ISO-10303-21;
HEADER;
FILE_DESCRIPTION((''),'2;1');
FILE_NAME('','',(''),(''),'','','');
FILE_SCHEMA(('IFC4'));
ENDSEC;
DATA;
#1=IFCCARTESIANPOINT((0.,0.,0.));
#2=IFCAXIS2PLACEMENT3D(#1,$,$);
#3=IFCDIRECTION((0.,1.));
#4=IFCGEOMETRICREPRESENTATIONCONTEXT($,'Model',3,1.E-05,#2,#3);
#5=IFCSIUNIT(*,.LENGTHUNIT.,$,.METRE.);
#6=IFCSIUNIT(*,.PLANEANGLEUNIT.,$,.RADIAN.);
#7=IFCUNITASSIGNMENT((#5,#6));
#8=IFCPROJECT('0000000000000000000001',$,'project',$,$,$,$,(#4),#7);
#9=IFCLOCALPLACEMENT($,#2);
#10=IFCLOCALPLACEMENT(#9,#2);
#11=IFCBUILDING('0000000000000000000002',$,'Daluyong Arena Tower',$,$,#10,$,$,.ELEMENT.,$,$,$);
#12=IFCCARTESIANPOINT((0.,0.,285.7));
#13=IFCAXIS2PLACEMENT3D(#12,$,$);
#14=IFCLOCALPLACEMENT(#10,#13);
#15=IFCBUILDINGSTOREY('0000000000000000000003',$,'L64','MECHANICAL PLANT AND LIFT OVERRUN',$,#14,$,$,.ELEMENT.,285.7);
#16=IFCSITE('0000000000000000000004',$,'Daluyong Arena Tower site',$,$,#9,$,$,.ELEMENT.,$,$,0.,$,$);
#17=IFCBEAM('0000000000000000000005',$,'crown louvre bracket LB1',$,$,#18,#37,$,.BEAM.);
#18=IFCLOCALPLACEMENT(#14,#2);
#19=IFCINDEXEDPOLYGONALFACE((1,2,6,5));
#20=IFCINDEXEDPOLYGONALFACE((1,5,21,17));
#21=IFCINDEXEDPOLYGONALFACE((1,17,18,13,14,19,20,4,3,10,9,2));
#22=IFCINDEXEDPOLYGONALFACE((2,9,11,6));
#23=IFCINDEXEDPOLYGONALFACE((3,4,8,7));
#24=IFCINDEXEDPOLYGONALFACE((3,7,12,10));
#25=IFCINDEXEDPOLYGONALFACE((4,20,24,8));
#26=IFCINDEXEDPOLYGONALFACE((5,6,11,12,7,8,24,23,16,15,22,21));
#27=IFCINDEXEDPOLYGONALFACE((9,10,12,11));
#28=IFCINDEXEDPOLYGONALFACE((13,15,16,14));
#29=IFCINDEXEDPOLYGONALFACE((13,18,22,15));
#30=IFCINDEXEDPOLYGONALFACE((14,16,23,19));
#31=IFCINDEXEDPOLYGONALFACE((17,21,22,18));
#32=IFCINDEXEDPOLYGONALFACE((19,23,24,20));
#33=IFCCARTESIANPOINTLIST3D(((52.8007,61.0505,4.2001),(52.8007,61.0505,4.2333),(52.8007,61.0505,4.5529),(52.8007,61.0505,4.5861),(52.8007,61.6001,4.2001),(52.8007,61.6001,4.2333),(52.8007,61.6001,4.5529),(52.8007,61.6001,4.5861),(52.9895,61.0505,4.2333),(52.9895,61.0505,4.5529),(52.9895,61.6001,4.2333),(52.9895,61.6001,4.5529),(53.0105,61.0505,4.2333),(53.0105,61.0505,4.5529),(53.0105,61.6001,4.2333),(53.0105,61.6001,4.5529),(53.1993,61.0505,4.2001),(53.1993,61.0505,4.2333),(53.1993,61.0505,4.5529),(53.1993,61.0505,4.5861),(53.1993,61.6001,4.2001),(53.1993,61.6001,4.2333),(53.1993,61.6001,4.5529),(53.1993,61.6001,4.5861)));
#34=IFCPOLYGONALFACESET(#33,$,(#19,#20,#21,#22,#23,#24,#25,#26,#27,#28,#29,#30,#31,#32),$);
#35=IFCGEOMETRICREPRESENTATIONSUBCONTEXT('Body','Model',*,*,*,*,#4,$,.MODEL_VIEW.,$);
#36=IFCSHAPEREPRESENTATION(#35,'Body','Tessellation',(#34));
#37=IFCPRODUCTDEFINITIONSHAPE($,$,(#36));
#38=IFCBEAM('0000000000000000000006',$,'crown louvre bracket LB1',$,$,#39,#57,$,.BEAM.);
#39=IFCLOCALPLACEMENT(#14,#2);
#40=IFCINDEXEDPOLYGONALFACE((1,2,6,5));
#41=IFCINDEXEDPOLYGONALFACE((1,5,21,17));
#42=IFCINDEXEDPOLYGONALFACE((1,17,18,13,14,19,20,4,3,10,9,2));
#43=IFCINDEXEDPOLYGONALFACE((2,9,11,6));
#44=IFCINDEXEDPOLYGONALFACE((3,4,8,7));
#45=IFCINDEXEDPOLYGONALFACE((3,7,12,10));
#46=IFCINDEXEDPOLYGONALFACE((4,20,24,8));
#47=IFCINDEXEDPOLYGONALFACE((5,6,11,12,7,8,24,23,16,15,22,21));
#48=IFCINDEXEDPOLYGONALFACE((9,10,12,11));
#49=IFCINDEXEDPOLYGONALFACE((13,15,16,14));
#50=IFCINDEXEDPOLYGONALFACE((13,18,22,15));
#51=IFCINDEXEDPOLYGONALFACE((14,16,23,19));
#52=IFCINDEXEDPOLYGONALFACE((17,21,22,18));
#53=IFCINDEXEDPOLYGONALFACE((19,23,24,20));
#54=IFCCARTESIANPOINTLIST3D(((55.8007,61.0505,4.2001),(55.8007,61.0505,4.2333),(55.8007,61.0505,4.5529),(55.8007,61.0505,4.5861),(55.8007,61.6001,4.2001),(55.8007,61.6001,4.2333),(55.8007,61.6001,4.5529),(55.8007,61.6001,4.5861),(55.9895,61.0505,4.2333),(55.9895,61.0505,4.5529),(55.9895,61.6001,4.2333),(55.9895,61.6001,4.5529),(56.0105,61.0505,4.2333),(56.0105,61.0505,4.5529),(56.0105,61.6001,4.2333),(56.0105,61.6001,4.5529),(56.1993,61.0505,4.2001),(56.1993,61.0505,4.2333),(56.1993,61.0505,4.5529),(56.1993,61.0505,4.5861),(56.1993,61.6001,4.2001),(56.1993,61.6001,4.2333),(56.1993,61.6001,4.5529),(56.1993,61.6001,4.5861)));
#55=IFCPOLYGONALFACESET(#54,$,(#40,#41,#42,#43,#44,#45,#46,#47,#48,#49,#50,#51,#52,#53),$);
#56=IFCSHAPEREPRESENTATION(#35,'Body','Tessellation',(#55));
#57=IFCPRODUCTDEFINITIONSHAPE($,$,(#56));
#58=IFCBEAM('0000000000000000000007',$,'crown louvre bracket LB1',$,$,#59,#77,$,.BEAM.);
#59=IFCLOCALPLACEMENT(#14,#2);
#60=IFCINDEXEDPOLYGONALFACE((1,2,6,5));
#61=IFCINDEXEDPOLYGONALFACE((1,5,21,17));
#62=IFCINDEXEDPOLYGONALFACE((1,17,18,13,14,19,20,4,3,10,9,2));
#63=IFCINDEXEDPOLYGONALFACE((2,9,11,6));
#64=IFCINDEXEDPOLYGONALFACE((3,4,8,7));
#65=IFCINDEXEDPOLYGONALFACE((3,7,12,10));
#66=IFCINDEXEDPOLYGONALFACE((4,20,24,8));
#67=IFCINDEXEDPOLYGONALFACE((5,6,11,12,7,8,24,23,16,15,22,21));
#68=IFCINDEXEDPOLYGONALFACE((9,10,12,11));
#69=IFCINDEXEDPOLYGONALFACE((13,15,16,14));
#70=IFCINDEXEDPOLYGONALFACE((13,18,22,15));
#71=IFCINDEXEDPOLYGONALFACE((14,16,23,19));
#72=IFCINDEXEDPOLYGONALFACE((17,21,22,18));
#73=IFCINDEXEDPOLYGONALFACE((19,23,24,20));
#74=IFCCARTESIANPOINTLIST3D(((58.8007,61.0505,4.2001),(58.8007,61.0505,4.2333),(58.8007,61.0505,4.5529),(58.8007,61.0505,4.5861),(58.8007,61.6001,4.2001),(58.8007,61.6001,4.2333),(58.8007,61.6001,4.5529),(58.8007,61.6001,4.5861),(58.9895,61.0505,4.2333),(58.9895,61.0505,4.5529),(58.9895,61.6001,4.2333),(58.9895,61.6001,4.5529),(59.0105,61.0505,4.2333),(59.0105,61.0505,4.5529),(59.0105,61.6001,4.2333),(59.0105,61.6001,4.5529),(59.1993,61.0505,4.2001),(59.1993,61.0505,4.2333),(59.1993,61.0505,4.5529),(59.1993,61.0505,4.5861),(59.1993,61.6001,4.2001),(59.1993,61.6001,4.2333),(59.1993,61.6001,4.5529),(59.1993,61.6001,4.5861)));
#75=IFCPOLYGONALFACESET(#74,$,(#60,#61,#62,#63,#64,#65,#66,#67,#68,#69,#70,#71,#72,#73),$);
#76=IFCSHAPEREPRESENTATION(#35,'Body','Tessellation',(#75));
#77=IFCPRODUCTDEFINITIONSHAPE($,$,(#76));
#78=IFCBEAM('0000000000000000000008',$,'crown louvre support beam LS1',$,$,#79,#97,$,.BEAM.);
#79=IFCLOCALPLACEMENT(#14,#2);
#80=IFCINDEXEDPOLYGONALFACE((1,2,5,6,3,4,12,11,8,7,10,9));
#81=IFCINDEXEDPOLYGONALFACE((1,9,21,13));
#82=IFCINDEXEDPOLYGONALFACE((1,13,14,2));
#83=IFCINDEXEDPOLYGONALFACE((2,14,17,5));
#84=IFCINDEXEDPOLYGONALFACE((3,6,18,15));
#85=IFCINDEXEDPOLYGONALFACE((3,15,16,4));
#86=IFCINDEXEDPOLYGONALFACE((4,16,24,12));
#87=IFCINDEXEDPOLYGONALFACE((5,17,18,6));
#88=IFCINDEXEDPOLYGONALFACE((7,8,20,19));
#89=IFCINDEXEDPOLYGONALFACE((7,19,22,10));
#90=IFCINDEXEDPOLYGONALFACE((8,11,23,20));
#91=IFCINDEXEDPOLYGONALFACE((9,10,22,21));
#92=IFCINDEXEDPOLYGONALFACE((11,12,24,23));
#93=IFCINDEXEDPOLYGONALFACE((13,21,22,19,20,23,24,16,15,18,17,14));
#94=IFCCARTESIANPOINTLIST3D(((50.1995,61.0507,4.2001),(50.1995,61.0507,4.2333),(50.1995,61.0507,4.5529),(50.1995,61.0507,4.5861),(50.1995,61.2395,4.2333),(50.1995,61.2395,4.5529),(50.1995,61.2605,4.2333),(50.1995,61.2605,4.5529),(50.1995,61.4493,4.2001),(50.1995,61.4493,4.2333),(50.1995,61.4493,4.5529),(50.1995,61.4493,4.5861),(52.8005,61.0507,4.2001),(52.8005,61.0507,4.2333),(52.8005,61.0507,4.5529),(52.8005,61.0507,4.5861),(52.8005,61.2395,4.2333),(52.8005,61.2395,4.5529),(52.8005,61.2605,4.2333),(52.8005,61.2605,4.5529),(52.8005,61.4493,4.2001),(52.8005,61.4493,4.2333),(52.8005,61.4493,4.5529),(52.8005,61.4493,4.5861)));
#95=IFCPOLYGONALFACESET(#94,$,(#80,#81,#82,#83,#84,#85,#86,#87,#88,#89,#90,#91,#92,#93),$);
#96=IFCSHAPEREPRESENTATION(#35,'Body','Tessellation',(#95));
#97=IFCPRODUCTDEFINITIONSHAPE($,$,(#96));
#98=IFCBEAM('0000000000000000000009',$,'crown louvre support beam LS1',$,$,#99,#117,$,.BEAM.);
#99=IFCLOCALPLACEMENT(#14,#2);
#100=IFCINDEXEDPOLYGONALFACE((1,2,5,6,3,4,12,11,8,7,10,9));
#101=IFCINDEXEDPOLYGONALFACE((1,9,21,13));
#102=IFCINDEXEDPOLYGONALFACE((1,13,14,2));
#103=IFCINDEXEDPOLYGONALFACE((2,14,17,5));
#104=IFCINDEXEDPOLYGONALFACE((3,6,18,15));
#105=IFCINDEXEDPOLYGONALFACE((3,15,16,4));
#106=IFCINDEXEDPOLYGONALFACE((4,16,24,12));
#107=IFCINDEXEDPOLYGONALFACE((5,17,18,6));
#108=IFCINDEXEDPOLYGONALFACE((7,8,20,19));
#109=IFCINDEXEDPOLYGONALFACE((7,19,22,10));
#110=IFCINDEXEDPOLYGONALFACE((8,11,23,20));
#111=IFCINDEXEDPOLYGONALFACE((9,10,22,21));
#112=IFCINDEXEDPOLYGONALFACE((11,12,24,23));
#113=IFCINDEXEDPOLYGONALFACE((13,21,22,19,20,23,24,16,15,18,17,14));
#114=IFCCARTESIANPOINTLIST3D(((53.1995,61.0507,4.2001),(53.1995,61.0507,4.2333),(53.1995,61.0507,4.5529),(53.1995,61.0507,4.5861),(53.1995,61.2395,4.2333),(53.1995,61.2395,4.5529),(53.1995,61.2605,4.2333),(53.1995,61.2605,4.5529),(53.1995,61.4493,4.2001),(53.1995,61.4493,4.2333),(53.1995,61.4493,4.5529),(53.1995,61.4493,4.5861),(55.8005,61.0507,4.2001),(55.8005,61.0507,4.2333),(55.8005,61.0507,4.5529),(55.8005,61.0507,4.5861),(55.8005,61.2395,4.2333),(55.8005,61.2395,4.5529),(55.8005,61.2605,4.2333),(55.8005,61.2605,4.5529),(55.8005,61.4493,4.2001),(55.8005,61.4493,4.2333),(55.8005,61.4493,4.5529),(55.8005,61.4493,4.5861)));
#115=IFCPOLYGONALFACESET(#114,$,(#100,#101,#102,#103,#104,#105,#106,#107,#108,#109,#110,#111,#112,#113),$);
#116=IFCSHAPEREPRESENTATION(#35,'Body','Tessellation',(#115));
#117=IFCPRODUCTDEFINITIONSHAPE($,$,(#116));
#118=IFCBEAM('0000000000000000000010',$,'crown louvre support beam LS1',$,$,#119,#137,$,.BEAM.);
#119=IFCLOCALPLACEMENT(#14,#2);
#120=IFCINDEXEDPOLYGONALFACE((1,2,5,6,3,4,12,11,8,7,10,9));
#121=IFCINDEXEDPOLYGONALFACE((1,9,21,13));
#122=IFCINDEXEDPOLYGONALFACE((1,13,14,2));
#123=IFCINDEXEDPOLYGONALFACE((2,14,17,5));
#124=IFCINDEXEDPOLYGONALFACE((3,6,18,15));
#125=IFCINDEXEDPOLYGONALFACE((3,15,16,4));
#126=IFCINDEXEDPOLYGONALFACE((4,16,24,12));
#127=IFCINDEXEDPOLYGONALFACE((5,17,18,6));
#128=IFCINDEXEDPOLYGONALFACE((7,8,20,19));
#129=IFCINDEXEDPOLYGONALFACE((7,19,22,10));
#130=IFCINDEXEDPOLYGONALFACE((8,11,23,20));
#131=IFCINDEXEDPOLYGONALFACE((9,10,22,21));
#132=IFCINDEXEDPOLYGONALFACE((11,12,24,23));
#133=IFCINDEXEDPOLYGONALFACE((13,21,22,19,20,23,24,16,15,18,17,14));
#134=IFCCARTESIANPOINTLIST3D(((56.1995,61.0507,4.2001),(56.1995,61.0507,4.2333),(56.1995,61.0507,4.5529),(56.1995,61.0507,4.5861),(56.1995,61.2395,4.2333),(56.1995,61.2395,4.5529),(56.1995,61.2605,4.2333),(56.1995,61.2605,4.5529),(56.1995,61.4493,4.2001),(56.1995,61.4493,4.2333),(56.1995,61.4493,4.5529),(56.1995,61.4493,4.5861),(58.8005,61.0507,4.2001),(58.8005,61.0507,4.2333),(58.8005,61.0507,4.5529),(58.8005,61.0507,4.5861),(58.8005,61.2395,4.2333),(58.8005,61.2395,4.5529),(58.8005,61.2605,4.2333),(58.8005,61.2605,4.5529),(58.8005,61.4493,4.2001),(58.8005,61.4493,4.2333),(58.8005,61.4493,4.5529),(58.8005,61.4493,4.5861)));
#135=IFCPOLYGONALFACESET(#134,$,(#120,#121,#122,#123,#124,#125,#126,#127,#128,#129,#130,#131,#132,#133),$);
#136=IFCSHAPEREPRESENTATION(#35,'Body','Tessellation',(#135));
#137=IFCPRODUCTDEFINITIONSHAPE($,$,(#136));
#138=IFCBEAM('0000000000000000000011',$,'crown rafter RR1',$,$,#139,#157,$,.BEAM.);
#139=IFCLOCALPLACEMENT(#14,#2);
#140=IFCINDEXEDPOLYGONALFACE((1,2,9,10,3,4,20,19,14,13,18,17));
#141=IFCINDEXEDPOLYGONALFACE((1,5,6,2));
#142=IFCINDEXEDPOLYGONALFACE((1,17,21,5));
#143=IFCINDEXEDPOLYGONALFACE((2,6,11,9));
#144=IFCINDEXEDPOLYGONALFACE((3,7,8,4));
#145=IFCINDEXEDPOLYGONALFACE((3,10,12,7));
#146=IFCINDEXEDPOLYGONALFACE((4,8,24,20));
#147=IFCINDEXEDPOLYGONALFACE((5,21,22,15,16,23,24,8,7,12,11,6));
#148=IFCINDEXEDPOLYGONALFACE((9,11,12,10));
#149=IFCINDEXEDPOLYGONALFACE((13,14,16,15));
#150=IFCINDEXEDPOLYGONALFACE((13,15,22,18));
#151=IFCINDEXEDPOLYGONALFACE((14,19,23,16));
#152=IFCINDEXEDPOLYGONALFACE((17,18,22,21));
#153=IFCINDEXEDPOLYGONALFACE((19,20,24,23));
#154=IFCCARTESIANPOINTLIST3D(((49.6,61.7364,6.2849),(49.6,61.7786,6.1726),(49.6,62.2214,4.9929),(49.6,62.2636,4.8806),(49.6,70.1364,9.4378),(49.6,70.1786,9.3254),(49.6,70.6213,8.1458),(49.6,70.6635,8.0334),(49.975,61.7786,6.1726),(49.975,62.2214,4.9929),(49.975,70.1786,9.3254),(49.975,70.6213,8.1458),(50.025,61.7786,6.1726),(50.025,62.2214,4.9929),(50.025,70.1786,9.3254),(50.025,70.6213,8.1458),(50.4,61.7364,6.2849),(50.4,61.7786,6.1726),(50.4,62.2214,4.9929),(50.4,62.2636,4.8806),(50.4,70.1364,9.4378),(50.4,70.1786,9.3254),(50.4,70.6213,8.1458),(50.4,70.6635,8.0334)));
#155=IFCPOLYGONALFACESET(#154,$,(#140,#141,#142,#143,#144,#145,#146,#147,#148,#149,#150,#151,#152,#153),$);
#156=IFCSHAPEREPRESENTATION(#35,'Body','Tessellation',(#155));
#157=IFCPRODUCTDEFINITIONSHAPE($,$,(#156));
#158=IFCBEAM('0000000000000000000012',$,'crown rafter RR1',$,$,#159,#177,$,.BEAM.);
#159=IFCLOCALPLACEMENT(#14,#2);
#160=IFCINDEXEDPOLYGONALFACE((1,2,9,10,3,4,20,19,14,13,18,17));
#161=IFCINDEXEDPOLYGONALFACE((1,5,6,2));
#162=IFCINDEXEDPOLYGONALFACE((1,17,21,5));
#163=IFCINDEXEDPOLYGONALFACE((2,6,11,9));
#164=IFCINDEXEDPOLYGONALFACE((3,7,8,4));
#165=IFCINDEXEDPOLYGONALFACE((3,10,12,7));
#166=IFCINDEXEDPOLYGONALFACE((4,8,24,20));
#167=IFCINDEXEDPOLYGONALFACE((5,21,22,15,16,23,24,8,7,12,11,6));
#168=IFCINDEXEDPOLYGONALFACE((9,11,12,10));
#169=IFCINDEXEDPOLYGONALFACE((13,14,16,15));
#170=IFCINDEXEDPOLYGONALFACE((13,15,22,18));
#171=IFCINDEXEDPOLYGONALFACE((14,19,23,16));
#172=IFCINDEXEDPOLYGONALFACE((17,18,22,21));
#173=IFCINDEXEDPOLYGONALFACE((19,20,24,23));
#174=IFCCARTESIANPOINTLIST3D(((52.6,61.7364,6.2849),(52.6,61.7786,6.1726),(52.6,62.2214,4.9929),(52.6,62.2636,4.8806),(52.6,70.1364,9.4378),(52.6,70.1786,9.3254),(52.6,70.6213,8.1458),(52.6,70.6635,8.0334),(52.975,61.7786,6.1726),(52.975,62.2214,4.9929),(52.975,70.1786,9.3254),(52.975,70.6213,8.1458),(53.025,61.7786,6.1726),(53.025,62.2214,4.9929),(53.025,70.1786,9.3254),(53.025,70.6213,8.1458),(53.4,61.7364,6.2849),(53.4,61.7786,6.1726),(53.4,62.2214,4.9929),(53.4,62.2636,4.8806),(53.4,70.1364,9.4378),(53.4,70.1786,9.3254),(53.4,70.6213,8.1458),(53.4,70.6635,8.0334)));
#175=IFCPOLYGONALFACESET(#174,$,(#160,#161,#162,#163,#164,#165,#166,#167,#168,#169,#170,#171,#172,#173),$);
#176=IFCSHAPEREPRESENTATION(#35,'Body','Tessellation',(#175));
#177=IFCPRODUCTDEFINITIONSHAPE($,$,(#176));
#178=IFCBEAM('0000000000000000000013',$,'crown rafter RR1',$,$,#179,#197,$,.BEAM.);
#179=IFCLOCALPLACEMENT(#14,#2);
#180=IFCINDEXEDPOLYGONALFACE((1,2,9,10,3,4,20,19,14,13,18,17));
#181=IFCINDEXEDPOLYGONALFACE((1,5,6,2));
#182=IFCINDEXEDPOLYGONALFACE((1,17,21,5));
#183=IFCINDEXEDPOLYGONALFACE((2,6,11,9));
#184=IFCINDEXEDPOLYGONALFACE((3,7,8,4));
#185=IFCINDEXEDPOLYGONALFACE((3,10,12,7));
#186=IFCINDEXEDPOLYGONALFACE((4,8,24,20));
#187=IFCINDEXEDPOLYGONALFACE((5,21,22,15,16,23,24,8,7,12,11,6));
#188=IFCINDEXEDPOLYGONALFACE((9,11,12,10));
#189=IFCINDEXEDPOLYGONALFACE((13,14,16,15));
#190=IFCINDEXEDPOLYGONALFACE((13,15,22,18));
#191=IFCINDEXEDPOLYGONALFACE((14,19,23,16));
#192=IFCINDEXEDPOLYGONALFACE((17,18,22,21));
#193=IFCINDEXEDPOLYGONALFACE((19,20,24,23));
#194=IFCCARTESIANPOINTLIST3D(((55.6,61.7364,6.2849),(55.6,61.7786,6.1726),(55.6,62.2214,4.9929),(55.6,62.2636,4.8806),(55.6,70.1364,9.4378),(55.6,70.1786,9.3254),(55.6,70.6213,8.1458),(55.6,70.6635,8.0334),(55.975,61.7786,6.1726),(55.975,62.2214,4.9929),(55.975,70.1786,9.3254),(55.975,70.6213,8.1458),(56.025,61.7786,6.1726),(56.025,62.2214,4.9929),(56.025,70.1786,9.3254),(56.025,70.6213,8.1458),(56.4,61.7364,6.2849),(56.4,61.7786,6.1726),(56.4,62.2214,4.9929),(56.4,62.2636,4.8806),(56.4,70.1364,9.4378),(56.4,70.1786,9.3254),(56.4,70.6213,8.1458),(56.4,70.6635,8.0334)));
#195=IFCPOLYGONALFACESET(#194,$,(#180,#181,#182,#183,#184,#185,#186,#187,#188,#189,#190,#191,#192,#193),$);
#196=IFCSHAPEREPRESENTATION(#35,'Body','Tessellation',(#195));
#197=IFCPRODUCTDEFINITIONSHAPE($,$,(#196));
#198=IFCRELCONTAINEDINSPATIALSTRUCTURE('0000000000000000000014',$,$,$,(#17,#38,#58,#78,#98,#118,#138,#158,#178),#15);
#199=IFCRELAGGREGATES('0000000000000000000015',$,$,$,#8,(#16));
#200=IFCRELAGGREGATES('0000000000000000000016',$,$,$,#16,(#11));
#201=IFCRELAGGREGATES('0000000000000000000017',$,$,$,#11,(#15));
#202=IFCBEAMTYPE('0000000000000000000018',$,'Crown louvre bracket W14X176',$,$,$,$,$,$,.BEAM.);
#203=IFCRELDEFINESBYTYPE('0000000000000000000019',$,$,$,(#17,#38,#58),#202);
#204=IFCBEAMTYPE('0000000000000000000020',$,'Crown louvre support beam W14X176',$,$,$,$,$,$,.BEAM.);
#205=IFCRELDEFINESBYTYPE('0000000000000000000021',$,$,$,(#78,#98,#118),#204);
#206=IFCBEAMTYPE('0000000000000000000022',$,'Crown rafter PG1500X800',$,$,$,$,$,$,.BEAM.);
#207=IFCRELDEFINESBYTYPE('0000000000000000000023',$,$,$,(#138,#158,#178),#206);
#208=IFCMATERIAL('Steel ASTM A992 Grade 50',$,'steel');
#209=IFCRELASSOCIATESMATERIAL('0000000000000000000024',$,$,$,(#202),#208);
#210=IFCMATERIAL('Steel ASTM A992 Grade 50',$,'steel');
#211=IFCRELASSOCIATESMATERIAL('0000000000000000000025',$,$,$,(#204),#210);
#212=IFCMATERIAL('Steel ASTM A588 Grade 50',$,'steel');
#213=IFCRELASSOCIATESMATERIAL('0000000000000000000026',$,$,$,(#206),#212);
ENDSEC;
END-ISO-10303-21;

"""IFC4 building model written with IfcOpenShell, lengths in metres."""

from ifc_helpers import new_model, si_unit, direction, frame, origin, origin_2d, place, context, subcontext, project, spatial, i_section, extrude, material, material_profile, profile_set, type_object, element, save


model = new_model("IFC4")

# Units and contexts
model_context = context("Model", 3, precision=1e-05, world=origin(), true_north=direction((0.0, 1.0)))
body_context = subcontext(model_context, "Body", "Model", "MODEL_VIEW")
ifc_project = project(units=[si_unit("LENGTHUNIT", "METRE"), si_unit("PLANEANGLEUNIT", "RADIAN")], contexts=[model_context])

# Site, building, storey
site_placement = place(None, origin())
site = spatial("IfcSite", under=ifc_project, at=site_placement, Name="Daluyong Arena Tower site", CompositionType="ELEMENT", RefElevation=0.0)
building_placement = place(site_placement, origin())
building = spatial("IfcBuilding", under=site, at=building_placement, Name="Daluyong Arena Tower", CompositionType="ELEMENT")
storey_placement = place(building_placement, frame((0.0, 0.0, 285.7)))
storey = spatial("IfcBuildingStorey", under=building, at=storey_placement, Name="L64", Description="MECHANICAL PLANT AND LIFT OVERRUN", CompositionType="ELEMENT", Elevation=285.7)

# Beams
ifc_material_1 = material(Name="Steel ASTM A992 Grade 50", Category="steel")
ifc_material_profile_1 = material_profile(ifc_material_1, i_section(OverallWidth=0.3987, OverallDepth=0.386, WebThickness=0.021, FlangeThickness=0.0332, at=origin_2d()))
ifc_profile_set_1 = profile_set([ifc_material_profile_1], Name="Steel ASTM A992 Grade 50")
beam_type_1 = type_object("IfcBeamType", Name="Crown louvre bracket W14X176", PredefinedType="BEAM", material=ifc_profile_set_1)
for number, where, z_axis, x_axis, name in (
    (1, (53.0, 61.6001, 4.3931), (0.0, -1.0, 0.0), (1.0, 0.0, 0.0), "crown louvre bracket LB1"),
    (2, (56.0, 61.6001, 4.3931), (0.0, -1.0, 0.0), (1.0, 0.0, 0.0), "crown louvre bracket LB1"),
    (3, (59.0, 61.6001, 4.3931), (0.0, -1.0, 0.0), (1.0, 0.0, 0.0), "crown louvre bracket LB1"),
):
    element("IfcBeam", number, at=place(storey_placement, frame(where, z_axis=z_axis, x_axis=x_axis)), inside=storey, type_object=beam_type_1, Name=name, PredefinedType="BEAM", context=body_context, shape_type="SweptSolid", body=[
        extrude(i_section(OverallWidth=0.3987, OverallDepth=0.386, WebThickness=0.021, FlangeThickness=0.0332, at=origin_2d()), origin(), (0.0, 0.0, 1.0), 0.5496),
    ])
ifc_material_2 = material(Name="Steel ASTM A992 Grade 50", Category="steel")
ifc_material_profile_2 = material_profile(ifc_material_2, i_section(OverallWidth=0.3987, OverallDepth=0.386, WebThickness=0.021, FlangeThickness=0.0332, at=origin_2d()))
ifc_profile_set_2 = profile_set([ifc_material_profile_2], Name="Steel ASTM A992 Grade 50")
beam_type_2 = type_object("IfcBeamType", Name="Crown louvre support beam W14X176", PredefinedType="BEAM", material=ifc_profile_set_2)
for number, where, z_axis, x_axis, name in (
    (4, (50.1995, 61.25, 4.3931), (1.0, 0.0, 0.0), (0.0, 1.0, 0.0), "crown louvre support beam LS1"),
    (5, (53.1995, 61.25, 4.3931), (1.0, 0.0, 0.0), (0.0, 1.0, 0.0), "crown louvre support beam LS1"),
    (6, (56.1995, 61.25, 4.3931), (1.0, 0.0, 0.0), (0.0, 1.0, 0.0), "crown louvre support beam LS1"),
):
    element("IfcBeam", number, at=place(storey_placement, frame(where, z_axis=z_axis, x_axis=x_axis)), inside=storey, type_object=beam_type_2, Name=name, PredefinedType="BEAM", context=body_context, shape_type="SweptSolid", body=[
        extrude(i_section(OverallWidth=0.3987, OverallDepth=0.386, WebThickness=0.021, FlangeThickness=0.0332, at=origin_2d()), origin(), (0.0, 0.0, 1.0), 2.6011),
    ])
ifc_material_3 = material(Name="Steel ASTM A588 Grade 50", Category="steel")
ifc_material_profile_3 = material_profile(ifc_material_3, i_section(OverallWidth=0.8, OverallDepth=1.5, WebThickness=0.05, FlangeThickness=0.12, at=origin_2d()))
ifc_profile_set_3 = profile_set([ifc_material_profile_3], Name="Steel ASTM A588 Grade 50")
beam_type_3 = type_object("IfcBeamType", Name="Crown rafter PG1500X800", PredefinedType="BEAM", material=ifc_profile_set_3)
for number, where, z_axis, x_axis, name in (
    (7, (50.0, 62.0, 5.5828), (0.0, 0.936224, 0.351404), (-1.0, 0.0, 0.0), "crown rafter RR1"),
    (8, (53.0, 62.0, 5.5828), (0.0, 0.936224, 0.351404), (-1.0, 0.0, 0.0), "crown rafter RR1"),
    (9, (56.0, 62.0, 5.5828), (0.0, 0.936224, 0.351404), (-1.0, 0.0, 0.0), "crown rafter RR1"),
):
    element("IfcBeam", number, at=place(storey_placement, frame(where, z_axis=z_axis, x_axis=x_axis)), inside=storey, type_object=beam_type_3, Name=name, PredefinedType="BEAM", context=body_context, shape_type="SweptSolid", body=[
        extrude(i_section(OverallWidth=0.8, OverallDepth=1.5, WebThickness=0.05, FlangeThickness=0.12, at=origin_2d()), origin(), (0.0, 0.0, 1.0), 8.9722),
    ])

save(model, "model.ifc")
